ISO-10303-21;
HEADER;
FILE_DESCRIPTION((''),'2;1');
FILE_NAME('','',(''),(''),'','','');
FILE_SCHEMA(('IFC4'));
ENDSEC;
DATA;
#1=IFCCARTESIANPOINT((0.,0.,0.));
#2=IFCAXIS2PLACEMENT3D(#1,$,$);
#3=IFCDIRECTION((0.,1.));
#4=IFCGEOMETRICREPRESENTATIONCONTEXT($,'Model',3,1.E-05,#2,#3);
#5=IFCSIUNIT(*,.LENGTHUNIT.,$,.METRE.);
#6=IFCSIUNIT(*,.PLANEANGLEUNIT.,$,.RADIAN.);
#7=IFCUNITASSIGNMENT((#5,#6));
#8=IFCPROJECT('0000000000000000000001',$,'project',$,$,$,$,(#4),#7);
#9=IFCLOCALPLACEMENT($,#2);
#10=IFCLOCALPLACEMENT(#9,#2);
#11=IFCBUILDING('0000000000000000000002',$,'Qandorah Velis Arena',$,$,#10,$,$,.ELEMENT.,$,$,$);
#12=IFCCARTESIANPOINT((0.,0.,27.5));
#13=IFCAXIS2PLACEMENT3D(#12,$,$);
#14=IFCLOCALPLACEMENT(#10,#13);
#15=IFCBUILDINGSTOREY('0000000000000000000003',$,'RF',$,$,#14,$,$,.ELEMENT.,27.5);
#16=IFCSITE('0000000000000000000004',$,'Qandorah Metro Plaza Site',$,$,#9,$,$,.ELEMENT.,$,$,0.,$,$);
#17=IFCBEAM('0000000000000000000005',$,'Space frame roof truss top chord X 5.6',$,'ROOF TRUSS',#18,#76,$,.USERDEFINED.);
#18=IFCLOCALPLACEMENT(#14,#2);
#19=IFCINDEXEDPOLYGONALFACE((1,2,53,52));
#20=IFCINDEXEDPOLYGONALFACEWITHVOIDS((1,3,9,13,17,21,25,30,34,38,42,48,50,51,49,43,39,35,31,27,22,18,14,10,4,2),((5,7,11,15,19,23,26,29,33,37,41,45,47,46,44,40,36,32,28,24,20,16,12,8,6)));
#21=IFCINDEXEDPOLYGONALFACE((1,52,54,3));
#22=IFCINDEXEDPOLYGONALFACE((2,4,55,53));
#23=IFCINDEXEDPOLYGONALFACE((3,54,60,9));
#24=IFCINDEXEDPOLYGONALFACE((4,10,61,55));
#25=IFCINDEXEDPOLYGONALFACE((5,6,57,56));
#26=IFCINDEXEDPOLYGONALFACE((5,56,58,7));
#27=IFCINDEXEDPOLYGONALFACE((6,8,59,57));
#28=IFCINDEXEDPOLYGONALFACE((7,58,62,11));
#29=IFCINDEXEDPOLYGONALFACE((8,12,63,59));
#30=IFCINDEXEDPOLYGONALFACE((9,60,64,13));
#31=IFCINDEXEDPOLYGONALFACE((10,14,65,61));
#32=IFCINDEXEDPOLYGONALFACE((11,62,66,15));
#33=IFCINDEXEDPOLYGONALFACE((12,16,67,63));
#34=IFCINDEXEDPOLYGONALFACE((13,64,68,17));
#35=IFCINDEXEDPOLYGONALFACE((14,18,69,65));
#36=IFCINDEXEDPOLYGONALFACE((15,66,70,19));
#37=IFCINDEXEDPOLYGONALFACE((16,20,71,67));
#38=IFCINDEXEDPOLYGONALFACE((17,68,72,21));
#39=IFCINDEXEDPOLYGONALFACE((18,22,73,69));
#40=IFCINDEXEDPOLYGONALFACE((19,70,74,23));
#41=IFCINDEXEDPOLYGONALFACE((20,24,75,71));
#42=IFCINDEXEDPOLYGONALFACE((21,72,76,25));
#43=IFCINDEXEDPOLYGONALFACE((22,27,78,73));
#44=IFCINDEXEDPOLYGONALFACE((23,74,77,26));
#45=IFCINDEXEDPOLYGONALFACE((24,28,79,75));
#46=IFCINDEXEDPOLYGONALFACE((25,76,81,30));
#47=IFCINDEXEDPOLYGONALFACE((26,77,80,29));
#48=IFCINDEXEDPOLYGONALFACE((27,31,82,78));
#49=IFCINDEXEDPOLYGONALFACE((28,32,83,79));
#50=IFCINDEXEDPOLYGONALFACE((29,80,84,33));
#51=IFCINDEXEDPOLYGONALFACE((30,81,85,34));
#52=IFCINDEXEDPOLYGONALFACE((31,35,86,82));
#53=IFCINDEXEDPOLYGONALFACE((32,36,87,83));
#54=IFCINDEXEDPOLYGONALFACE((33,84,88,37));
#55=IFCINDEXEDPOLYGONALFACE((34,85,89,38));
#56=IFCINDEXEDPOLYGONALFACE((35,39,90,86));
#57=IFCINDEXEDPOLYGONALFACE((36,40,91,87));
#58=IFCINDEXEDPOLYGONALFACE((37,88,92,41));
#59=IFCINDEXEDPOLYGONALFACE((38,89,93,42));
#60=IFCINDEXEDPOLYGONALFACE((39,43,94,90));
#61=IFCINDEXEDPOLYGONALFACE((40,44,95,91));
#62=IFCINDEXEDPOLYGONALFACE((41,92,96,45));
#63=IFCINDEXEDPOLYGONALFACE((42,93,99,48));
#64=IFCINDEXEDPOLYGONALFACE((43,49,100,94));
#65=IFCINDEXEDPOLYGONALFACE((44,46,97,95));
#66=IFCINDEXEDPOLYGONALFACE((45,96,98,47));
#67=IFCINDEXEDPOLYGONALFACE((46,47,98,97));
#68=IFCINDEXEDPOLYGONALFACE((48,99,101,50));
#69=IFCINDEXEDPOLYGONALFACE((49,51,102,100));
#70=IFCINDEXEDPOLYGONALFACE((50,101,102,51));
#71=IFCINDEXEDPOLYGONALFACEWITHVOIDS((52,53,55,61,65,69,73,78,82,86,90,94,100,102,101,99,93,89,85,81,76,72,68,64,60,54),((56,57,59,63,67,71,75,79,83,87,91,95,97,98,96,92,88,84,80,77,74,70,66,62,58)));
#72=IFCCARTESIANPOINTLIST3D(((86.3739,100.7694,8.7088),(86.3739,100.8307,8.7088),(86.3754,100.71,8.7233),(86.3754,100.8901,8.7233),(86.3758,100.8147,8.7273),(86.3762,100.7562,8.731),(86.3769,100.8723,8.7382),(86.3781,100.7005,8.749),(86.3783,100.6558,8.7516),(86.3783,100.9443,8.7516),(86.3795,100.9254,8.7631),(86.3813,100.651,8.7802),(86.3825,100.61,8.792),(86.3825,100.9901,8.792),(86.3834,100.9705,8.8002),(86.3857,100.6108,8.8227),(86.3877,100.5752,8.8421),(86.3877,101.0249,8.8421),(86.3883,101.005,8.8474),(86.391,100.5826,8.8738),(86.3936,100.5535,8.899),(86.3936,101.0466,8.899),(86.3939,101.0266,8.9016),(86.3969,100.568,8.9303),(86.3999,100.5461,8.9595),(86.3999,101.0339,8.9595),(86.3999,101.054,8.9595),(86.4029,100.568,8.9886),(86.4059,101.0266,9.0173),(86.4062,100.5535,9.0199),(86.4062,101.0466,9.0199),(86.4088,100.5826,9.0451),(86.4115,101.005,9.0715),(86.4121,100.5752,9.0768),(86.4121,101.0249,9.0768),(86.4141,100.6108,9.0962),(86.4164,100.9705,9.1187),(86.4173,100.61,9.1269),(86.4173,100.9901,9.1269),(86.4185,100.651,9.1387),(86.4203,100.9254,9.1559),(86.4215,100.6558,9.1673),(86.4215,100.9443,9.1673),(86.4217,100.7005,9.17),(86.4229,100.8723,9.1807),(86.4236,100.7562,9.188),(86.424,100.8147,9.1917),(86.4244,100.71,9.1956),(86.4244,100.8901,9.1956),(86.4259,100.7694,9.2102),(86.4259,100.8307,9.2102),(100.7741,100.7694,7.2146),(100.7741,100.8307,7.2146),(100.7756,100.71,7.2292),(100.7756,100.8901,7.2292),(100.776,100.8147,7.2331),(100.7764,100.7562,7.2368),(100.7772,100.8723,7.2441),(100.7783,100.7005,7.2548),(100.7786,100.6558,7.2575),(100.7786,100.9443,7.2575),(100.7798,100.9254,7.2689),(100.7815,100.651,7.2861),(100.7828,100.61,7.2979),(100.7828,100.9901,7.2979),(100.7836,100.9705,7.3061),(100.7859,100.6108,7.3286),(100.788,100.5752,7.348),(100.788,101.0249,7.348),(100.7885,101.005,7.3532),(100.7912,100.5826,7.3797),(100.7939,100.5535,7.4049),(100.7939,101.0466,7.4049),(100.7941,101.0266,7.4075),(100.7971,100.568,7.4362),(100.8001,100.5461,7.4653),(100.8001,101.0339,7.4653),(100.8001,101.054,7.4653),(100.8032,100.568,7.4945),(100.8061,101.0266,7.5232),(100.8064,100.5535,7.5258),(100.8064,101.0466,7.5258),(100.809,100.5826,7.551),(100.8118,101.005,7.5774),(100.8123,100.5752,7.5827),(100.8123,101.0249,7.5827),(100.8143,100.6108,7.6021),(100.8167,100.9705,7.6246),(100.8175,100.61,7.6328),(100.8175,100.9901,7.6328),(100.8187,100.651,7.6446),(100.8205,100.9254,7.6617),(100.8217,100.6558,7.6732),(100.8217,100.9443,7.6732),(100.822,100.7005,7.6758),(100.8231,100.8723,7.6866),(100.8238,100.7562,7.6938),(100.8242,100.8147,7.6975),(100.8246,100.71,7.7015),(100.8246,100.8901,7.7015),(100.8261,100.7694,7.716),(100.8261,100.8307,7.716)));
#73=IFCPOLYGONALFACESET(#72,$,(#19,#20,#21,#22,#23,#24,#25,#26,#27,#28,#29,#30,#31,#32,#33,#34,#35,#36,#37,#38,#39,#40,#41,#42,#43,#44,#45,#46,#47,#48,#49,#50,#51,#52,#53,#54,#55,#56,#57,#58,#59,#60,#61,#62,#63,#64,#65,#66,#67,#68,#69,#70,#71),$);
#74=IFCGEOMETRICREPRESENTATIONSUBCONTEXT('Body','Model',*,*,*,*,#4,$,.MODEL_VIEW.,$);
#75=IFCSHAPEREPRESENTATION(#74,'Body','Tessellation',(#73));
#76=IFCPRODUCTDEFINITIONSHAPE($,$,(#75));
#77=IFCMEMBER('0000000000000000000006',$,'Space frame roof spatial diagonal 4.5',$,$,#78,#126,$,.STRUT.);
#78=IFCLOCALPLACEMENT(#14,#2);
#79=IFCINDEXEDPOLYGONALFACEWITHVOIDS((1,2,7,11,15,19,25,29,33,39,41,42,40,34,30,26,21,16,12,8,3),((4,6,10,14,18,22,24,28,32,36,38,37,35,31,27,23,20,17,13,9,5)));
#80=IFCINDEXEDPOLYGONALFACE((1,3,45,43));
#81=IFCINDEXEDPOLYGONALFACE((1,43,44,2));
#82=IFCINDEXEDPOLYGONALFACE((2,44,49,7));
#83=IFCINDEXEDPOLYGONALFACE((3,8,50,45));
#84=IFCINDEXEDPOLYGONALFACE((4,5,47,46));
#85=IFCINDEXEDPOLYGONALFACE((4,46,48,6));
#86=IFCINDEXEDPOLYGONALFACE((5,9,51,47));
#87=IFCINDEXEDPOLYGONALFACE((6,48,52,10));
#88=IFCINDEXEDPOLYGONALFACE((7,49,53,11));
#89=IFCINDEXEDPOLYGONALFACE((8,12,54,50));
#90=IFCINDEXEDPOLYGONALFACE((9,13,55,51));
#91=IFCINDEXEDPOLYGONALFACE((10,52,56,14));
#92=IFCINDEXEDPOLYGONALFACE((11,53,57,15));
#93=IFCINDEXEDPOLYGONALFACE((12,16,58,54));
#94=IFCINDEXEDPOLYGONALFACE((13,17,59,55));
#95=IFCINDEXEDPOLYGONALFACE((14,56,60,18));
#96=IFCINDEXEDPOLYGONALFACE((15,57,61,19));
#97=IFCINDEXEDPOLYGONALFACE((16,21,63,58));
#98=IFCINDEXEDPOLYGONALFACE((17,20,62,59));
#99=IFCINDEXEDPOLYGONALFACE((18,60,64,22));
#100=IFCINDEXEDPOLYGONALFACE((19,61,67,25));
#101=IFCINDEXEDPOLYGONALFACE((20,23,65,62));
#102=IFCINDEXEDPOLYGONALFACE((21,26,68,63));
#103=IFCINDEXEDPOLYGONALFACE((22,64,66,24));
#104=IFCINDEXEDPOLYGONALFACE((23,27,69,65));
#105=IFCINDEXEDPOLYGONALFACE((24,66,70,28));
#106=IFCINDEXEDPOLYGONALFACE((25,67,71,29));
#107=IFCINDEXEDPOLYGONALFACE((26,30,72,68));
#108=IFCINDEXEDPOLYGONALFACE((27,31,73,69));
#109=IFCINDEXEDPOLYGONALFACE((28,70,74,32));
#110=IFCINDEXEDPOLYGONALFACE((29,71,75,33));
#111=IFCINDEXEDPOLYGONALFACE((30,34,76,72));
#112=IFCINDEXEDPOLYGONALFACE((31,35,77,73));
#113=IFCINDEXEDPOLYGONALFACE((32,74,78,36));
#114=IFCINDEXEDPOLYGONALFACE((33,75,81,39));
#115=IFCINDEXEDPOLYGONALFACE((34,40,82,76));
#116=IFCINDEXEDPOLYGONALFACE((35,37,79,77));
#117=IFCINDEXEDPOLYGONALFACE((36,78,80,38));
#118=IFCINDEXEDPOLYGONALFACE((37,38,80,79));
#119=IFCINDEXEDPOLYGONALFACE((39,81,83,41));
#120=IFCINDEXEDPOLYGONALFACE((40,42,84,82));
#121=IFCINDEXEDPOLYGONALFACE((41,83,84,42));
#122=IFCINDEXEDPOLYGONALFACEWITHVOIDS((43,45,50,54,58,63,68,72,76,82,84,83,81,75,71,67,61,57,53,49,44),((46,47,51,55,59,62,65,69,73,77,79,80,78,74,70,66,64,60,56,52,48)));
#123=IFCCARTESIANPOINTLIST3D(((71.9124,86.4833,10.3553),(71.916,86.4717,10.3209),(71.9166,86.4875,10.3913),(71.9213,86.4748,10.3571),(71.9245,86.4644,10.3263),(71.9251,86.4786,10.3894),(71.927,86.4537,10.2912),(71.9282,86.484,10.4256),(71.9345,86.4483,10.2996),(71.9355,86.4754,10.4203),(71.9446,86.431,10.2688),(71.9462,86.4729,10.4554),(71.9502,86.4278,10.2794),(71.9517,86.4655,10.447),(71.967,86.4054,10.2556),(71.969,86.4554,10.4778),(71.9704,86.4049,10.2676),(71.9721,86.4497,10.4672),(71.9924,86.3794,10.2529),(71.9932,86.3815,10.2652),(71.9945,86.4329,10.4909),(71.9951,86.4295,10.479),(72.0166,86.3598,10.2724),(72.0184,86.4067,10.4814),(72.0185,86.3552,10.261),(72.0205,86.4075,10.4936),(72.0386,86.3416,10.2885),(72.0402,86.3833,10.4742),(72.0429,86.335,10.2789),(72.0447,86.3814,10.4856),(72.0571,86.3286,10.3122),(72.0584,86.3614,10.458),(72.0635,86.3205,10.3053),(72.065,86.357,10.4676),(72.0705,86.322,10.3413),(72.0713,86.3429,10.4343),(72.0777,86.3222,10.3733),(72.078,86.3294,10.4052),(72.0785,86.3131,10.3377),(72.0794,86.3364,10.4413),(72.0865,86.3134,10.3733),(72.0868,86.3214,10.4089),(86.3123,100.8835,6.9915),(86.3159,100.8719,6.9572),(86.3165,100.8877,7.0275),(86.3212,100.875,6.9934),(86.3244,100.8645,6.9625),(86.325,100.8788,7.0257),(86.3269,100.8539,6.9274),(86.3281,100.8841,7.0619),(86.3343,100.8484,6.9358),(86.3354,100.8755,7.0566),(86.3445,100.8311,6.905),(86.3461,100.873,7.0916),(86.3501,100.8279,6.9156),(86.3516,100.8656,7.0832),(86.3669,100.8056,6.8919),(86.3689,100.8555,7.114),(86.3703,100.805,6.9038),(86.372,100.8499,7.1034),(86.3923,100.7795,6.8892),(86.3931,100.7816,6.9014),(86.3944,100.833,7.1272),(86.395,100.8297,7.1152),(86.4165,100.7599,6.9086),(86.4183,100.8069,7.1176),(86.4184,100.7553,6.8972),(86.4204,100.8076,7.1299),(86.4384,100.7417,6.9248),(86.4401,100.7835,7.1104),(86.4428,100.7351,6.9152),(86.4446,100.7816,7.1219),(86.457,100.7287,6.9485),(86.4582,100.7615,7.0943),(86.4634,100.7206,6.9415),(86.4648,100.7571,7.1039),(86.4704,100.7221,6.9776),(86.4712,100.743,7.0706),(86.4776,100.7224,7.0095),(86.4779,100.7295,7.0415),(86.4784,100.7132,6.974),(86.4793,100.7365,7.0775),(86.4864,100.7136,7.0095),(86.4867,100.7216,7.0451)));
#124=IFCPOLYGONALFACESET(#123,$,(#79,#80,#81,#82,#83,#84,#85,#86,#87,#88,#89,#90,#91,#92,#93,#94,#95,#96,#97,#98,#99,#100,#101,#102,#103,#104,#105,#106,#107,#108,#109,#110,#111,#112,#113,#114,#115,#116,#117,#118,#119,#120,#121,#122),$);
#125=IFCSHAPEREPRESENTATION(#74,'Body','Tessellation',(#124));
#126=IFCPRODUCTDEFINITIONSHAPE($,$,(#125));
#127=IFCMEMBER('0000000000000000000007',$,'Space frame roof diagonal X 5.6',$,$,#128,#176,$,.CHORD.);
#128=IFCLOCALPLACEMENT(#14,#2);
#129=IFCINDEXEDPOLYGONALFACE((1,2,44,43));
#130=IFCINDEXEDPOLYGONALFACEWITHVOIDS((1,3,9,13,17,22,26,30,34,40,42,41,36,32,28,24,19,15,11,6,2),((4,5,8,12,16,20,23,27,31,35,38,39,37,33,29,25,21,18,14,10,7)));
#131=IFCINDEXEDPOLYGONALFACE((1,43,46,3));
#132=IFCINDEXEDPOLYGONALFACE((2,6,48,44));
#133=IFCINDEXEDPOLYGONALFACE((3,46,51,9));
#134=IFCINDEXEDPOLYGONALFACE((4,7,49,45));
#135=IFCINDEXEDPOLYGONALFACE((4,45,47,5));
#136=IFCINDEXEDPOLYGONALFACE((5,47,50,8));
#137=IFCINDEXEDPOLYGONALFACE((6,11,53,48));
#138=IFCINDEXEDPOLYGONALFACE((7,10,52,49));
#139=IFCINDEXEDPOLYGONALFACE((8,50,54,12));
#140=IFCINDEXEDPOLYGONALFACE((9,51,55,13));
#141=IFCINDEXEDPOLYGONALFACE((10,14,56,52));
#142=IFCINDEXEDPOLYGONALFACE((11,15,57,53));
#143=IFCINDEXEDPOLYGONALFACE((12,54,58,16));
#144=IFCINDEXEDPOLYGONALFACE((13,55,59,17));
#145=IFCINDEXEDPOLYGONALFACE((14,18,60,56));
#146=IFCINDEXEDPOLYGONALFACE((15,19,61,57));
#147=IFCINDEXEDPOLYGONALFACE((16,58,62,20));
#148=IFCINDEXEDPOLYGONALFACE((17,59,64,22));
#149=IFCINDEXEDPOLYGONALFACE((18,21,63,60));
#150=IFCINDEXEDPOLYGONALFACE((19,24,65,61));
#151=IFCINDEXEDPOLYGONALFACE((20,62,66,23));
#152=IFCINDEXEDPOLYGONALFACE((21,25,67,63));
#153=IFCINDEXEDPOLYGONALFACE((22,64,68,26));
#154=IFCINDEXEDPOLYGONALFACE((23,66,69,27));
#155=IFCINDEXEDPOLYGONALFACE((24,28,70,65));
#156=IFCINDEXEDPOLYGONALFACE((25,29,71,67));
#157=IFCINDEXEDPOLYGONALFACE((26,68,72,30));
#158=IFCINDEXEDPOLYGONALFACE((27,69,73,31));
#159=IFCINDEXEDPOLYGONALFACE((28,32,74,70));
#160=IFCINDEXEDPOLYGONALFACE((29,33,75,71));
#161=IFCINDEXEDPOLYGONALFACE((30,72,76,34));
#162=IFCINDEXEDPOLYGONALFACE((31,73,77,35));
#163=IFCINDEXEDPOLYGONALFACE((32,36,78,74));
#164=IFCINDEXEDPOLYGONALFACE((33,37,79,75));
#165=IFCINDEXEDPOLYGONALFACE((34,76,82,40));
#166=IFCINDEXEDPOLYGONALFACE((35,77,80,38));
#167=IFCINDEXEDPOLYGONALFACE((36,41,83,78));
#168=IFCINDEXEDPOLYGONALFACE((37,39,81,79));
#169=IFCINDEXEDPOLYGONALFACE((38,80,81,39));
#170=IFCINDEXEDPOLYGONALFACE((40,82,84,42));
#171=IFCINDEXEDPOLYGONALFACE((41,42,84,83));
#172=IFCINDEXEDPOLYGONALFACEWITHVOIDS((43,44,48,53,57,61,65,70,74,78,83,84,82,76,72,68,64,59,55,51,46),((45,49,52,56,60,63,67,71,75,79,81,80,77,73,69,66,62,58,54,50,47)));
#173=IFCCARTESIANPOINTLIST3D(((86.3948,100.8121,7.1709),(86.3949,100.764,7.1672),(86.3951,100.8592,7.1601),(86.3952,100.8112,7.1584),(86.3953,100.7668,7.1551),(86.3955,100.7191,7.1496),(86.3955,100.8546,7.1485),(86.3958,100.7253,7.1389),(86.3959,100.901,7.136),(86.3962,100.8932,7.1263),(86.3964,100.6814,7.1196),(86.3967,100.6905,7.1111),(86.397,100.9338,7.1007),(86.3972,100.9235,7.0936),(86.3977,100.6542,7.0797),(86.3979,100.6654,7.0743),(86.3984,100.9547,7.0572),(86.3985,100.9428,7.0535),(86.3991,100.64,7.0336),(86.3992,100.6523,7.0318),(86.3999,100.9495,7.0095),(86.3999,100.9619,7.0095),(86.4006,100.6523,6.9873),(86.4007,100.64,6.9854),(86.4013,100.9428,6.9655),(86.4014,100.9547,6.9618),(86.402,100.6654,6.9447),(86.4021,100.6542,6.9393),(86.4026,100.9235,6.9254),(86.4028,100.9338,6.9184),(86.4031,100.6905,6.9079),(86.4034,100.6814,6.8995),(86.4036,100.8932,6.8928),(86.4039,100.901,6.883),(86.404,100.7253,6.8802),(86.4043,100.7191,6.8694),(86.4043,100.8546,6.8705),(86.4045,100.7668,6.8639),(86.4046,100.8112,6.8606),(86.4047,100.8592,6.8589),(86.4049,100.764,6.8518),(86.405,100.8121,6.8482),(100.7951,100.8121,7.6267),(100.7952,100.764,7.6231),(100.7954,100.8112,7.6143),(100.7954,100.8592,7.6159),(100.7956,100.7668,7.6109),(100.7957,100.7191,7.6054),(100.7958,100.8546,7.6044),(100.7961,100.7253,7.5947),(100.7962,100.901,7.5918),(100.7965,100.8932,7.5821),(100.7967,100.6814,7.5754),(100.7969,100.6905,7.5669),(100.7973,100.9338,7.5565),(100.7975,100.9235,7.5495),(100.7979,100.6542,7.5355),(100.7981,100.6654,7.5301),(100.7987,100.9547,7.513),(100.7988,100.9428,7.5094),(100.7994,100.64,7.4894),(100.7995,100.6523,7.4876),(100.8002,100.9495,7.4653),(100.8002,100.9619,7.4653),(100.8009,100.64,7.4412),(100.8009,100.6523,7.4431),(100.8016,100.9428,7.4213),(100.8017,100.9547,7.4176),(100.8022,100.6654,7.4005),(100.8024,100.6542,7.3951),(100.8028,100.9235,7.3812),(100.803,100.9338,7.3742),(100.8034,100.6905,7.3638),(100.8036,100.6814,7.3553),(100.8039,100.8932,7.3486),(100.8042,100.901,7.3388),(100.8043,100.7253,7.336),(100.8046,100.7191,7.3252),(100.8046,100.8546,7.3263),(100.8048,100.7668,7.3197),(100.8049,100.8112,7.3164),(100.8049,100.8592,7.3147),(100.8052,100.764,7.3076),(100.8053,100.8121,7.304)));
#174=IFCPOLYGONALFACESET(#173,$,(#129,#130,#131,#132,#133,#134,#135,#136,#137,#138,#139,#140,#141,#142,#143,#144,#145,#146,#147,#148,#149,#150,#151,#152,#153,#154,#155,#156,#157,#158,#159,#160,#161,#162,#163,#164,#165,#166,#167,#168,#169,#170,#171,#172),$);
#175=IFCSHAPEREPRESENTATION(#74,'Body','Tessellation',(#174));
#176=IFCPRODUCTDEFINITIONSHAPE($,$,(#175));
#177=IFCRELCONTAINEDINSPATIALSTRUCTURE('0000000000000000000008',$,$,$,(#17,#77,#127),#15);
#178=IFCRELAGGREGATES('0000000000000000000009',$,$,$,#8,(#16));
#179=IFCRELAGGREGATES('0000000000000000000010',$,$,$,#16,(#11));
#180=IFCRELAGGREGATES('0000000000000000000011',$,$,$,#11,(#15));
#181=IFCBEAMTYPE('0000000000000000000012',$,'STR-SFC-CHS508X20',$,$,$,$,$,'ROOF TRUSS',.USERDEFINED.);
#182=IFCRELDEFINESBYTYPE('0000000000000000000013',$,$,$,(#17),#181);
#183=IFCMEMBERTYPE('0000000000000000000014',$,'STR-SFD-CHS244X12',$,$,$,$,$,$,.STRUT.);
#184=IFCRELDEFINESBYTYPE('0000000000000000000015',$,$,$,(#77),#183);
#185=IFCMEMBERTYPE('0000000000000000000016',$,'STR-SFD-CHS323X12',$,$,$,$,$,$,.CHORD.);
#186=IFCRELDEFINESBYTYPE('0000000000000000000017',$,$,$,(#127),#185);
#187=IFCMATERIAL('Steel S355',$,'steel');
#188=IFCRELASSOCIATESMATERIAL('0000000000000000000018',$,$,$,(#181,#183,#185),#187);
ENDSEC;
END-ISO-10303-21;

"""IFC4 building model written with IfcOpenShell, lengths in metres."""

from ifc_helpers import new_model, si_unit, direction, frame, origin, origin_2d, place, context, subcontext, project, spatial, hollow_circle, extrude, material, material_profile, profile_set, type_object, element, save


model = new_model("IFC4")

# Units and contexts
model_context = context("Model", 3, precision=1e-05, world=origin(), true_north=direction((0.0, 1.0)))
body_context = subcontext(model_context, "Body", "Model", "MODEL_VIEW")
ifc_project = project(units=[si_unit("LENGTHUNIT", "METRE"), si_unit("PLANEANGLEUNIT", "RADIAN")], contexts=[model_context])

# Site, building, storey
site_placement = place(None, origin())
site = spatial("IfcSite", under=ifc_project, at=site_placement, Name="Qandorah Metro Plaza Site", CompositionType="ELEMENT", RefElevation=0.0)
building_placement = place(site_placement, origin())
building = spatial("IfcBuilding", under=site, at=building_placement, Name="Qandorah Velis Arena", CompositionType="ELEMENT")
storey_placement = place(building_placement, frame((0.0, 0.0, 27.5)))
storey = spatial("IfcBuildingStorey", under=building, at=storey_placement, Name="RF", CompositionType="ELEMENT", Elevation=27.5)

# Beam
ifc_material_1 = material(Name="Steel S355", Category="steel")
ifc_material_profile_1 = material_profile(ifc_material_1, hollow_circle(Radius=0.2539, WallThickness=0.02, at=origin_2d()), Name="CHS 508x20")
ifc_profile_set_1 = profile_set([ifc_material_profile_1], Name="Steel S355")
beam_type_1 = type_object("IfcBeamType", Name="STR-SFC-CHS508X20", ElementType="ROOF TRUSS", PredefinedType="USERDEFINED", material=ifc_profile_set_1)
beam_1_placement = place(storey_placement, frame((86.3999, 100.8, 8.9595), z_axis=(0.99466, 0.0, -0.103205), x_axis=(0.0, 1.0, 0.0)))
element("IfcBeam", 1, at=beam_1_placement, inside=storey, type_object=beam_type_1, Name="Space frame roof truss top chord X 5.6", ObjectType="ROOF TRUSS", PredefinedType="USERDEFINED", context=body_context, shape_type="SweptSolid", body=[
    extrude(hollow_circle(Radius=0.2539, WallThickness=0.02, at=origin_2d()), origin(), (0.0, 0.0, 1.0), 14.4775),
])

# Members
ifc_material_profile_2 = material_profile(ifc_material_1, hollow_circle(Radius=0.1223, WallThickness=0.0125, at=origin_2d()), Name="CHS 244.5x12.5")
ifc_profile_set_2 = profile_set([ifc_material_profile_2], Name="Steel S355")
member_type_1 = type_object("IfcMemberType", Name="STR-SFD-CHS244X12", PredefinedType="STRUT", material=ifc_profile_set_2)
member_1_placement = place(storey_placement, frame((86.3999, 100.8, 7.0095), z_axis=(-0.697648, -0.69766, 0.162968), x_axis=(0.707113, -0.707101, 0.0)))
element("IfcMember", 2, at=member_1_placement, inside=storey, type_object=member_type_1, Name="Space frame roof spatial diagonal 4.5", PredefinedType="STRUT", context=body_context, shape_type="SweptSolid", body=[
    extrude(hollow_circle(Radius=0.1223, WallThickness=0.0125, at=origin_2d()), origin(), (0.0, 0.0, 1.0), 20.6406),
])
ifc_material_profile_3 = material_profile(ifc_material_1, hollow_circle(Radius=0.1619, WallThickness=0.0125, at=origin_2d()), Name="CHS 323.9x12.5")
ifc_profile_set_3 = profile_set([ifc_material_profile_3], Name="Steel S355")
member_type_2 = type_object("IfcMemberType", Name="STR-SFD-CHS323X12", PredefinedType="CHORD", material=ifc_profile_set_3)
member_2_placement = place(storey_placement, frame((86.3999, 100.8, 7.0095), z_axis=(0.999499, 0.0, 0.031637), x_axis=(0.0, 1.0, 0.0)))
element("IfcMember", 3, at=member_2_placement, inside=storey, type_object=member_type_2, Name="Space frame roof diagonal X 5.6", PredefinedType="CHORD", context=body_context, shape_type="SweptSolid", body=[
    extrude(hollow_circle(Radius=0.1619, WallThickness=0.0125, at=origin_2d()), origin(), (0.0, 0.0, 1.0), 14.4075),
])

save(model, "model.ifc")
